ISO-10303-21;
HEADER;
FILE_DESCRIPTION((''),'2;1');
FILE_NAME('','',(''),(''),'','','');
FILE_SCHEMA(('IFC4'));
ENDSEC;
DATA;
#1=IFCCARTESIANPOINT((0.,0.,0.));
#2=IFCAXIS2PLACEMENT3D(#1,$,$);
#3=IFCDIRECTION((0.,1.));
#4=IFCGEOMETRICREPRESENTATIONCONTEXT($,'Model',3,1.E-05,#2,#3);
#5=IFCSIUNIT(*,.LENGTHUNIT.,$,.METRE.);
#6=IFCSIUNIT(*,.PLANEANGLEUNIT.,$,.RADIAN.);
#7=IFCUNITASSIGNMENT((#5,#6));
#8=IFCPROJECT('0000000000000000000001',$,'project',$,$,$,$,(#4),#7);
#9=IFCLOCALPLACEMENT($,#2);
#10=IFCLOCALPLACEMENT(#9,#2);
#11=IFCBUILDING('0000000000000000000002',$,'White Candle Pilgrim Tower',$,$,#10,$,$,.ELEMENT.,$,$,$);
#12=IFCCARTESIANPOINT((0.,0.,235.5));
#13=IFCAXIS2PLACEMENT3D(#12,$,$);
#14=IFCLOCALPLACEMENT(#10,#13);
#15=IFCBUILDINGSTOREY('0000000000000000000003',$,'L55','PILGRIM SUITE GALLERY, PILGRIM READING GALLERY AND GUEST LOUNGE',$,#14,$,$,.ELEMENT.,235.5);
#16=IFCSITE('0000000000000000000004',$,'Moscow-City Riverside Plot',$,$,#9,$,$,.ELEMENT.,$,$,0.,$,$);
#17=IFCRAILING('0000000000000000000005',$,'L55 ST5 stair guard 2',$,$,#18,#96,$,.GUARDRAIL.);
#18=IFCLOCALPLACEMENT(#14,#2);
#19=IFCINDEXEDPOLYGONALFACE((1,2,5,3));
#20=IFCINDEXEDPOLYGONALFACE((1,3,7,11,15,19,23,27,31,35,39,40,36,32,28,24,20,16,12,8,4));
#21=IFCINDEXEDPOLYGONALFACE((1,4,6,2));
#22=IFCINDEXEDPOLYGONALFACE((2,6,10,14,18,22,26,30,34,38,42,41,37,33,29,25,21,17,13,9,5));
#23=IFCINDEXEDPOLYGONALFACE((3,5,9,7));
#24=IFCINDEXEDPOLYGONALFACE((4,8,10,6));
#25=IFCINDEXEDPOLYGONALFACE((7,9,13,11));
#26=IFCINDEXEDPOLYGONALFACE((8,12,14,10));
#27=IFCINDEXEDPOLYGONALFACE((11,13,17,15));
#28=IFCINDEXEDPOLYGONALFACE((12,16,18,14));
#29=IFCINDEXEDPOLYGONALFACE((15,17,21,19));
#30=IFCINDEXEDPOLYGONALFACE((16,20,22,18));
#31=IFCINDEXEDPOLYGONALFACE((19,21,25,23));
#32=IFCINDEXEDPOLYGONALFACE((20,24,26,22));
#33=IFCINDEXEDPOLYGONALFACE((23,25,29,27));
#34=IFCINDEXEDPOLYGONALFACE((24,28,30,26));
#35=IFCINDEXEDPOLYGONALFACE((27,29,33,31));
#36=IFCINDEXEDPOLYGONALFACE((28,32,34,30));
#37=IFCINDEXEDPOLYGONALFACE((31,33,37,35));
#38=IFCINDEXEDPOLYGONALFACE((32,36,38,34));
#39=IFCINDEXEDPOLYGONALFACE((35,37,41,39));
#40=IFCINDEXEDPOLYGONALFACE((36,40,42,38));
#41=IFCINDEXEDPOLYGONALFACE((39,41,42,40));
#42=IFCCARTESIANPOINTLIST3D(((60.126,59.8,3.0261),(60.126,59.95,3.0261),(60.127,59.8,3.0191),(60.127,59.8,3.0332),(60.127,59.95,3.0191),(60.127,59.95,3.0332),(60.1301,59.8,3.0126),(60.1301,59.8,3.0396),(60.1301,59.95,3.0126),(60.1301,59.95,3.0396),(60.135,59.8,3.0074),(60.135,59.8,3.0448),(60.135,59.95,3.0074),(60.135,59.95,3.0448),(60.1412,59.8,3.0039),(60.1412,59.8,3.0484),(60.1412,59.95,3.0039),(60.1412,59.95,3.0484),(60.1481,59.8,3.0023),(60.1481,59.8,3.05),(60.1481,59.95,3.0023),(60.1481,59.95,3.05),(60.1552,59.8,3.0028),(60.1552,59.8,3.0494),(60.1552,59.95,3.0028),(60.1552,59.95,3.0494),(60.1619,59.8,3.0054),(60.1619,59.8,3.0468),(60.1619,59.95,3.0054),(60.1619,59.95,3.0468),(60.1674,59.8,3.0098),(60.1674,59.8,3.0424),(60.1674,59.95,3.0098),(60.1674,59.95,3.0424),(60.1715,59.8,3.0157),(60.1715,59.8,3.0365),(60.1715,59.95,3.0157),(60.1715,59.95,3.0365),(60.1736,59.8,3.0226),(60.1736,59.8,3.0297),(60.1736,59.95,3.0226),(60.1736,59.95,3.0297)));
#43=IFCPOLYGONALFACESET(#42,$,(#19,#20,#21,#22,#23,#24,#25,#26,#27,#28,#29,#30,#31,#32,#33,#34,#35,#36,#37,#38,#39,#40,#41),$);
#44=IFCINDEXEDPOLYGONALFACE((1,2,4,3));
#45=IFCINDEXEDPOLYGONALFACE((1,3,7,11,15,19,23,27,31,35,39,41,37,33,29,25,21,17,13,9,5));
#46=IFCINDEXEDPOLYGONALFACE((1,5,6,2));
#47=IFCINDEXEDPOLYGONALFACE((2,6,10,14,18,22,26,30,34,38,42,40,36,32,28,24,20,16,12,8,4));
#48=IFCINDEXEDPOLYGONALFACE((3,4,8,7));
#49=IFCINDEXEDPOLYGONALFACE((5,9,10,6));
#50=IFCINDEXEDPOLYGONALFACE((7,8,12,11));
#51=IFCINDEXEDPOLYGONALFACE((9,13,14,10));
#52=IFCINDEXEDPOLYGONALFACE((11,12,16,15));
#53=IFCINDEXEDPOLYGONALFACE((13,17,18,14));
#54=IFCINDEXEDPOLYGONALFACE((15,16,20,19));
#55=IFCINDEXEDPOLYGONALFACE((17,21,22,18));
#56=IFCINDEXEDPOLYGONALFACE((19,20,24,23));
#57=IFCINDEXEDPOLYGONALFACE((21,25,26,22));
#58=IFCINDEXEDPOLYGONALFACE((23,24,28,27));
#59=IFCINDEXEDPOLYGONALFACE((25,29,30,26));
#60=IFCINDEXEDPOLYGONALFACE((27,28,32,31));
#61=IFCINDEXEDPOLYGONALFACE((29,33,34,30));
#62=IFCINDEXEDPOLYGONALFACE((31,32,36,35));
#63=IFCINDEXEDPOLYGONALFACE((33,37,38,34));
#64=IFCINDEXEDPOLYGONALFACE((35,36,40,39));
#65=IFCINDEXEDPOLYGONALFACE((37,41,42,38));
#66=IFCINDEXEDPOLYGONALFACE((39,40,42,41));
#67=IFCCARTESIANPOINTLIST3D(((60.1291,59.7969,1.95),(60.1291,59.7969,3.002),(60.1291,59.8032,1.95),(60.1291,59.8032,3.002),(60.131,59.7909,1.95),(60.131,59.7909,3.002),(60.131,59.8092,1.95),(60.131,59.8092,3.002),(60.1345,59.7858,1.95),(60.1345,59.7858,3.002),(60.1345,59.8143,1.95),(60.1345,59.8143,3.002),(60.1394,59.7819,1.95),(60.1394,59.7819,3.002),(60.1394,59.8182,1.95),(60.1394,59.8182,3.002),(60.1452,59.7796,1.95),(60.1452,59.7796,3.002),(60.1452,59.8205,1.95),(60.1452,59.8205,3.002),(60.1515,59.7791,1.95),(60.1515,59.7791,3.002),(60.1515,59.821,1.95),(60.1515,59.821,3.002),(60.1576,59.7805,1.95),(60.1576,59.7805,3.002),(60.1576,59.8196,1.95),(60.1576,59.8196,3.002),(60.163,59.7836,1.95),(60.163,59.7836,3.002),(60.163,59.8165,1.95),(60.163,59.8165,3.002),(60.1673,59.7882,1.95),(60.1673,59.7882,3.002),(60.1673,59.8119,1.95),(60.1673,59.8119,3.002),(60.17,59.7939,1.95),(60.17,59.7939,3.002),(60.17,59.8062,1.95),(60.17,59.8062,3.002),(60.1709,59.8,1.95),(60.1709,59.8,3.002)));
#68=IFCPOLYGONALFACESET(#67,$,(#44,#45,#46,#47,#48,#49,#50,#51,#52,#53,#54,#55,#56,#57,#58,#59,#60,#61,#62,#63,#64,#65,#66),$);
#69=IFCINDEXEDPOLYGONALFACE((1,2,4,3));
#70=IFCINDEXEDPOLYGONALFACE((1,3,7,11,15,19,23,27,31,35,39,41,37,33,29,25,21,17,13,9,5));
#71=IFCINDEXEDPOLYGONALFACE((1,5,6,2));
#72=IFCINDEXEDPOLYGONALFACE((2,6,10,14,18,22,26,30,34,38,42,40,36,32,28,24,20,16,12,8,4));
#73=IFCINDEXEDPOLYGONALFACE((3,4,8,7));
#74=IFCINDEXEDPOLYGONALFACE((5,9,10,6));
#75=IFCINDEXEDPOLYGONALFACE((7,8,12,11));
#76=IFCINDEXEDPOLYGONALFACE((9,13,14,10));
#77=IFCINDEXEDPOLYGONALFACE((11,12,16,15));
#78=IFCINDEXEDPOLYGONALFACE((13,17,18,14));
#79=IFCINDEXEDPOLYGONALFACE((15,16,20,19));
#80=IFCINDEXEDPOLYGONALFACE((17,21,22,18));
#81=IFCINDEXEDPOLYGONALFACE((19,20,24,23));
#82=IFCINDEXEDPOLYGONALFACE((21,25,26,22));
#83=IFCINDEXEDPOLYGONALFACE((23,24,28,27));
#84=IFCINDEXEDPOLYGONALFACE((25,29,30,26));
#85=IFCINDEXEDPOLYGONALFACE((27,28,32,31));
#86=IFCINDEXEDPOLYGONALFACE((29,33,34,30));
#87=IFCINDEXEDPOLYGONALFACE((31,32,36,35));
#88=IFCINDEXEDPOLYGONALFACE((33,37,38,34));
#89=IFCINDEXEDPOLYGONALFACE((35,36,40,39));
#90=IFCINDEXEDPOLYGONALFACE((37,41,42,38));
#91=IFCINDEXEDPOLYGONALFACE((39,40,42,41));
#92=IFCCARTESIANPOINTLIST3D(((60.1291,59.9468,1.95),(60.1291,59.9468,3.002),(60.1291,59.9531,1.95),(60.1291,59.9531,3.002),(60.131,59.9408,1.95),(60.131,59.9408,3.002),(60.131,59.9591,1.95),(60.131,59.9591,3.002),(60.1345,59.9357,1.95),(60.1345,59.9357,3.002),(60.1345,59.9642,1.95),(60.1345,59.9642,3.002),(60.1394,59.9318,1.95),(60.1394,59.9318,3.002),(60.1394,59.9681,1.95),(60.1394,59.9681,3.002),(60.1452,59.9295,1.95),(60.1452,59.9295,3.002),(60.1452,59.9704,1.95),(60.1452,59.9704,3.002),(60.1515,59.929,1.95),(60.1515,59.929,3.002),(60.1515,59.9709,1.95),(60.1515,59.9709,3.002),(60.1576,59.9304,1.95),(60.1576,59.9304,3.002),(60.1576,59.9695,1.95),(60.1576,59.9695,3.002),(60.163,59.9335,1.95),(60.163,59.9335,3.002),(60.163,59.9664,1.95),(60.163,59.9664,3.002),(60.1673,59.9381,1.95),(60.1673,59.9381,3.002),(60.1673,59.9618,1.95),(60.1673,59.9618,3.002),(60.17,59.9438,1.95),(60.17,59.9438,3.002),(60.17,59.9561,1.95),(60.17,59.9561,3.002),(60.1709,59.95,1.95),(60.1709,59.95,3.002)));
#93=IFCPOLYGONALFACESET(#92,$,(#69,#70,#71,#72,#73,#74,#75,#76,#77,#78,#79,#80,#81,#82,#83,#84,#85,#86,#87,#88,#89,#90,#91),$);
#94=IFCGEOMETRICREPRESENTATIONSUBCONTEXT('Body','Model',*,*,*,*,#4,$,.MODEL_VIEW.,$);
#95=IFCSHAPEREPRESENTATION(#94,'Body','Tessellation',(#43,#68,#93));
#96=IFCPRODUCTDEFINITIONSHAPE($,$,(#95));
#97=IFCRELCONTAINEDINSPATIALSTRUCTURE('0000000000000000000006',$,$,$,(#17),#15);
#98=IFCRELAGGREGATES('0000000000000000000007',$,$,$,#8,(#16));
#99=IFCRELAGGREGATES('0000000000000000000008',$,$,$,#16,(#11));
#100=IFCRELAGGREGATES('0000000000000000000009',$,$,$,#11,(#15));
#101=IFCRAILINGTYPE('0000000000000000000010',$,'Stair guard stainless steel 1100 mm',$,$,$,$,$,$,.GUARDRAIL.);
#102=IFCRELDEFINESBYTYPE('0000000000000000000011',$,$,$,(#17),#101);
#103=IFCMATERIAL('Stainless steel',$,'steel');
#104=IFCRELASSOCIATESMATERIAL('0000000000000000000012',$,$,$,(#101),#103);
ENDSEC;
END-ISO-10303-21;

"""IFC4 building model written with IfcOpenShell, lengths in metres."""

from ifc_helpers import new_model, si_unit, direction, frame, origin, origin_2d, place, context, subcontext, project, spatial, circle, extrude, material, type_object, element, save


model = new_model("IFC4")

# Units and contexts
model_context = context("Model", 3, precision=1e-05, world=origin(), true_north=direction((0.0, 1.0)))
body_context = subcontext(model_context, "Body", "Model", "MODEL_VIEW")
ifc_project = project(units=[si_unit("LENGTHUNIT", "METRE"), si_unit("PLANEANGLEUNIT", "RADIAN")], contexts=[model_context])

# Site, building, storey
site_placement = place(None, origin())
site = spatial("IfcSite", under=ifc_project, at=site_placement, Name="Moscow-City Riverside Plot", CompositionType="ELEMENT", RefElevation=0.0)
building_placement = place(site_placement, origin())
building = spatial("IfcBuilding", under=site, at=building_placement, Name="White Candle Pilgrim Tower", CompositionType="ELEMENT")
storey_placement = place(building_placement, frame((0.0, 0.0, 235.5)))
storey = spatial("IfcBuildingStorey", under=building, at=storey_placement, Name="L55", Description="PILGRIM SUITE GALLERY, PILGRIM READING GALLERY AND GUEST LOUNGE", CompositionType="ELEMENT", Elevation=235.5)

# Railing
ifc_material_1 = material(Name="Stainless steel", Category="steel")
railing_type_1 = type_object("IfcRailingType", Name="Stair guard stainless steel 1100 mm", PredefinedType="GUARDRAIL", material=ifc_material_1)
railing_1_placement = place(storey_placement, frame((60.1499, 59.8, 1.95)))
element("IfcRailing", 1, at=railing_1_placement, inside=storey, type_object=railing_type_1, Name="L55 ST5 stair guard 2", PredefinedType="GUARDRAIL", context=body_context, shape_type="SweptSolid", body=[
    extrude(circle(Radius=0.0239, at=origin_2d()), frame((0.0, 0.0, 1.0762), z_axis=(0.0, 1.0, 0.0), x_axis=(-1.0, 0.0, 0.0)), (0.0, 0.0, 1.0), 0.1499),
    extrude(circle(Radius=0.021, at=origin_2d()), origin(), (0.0, 0.0, 1.0), 1.052),
    extrude(circle(Radius=0.021, at=origin_2d()), frame((0.0, 0.1499, 0.0)), (0.0, 0.0, 1.0), 1.052),
])

save(model, "model.ifc")
